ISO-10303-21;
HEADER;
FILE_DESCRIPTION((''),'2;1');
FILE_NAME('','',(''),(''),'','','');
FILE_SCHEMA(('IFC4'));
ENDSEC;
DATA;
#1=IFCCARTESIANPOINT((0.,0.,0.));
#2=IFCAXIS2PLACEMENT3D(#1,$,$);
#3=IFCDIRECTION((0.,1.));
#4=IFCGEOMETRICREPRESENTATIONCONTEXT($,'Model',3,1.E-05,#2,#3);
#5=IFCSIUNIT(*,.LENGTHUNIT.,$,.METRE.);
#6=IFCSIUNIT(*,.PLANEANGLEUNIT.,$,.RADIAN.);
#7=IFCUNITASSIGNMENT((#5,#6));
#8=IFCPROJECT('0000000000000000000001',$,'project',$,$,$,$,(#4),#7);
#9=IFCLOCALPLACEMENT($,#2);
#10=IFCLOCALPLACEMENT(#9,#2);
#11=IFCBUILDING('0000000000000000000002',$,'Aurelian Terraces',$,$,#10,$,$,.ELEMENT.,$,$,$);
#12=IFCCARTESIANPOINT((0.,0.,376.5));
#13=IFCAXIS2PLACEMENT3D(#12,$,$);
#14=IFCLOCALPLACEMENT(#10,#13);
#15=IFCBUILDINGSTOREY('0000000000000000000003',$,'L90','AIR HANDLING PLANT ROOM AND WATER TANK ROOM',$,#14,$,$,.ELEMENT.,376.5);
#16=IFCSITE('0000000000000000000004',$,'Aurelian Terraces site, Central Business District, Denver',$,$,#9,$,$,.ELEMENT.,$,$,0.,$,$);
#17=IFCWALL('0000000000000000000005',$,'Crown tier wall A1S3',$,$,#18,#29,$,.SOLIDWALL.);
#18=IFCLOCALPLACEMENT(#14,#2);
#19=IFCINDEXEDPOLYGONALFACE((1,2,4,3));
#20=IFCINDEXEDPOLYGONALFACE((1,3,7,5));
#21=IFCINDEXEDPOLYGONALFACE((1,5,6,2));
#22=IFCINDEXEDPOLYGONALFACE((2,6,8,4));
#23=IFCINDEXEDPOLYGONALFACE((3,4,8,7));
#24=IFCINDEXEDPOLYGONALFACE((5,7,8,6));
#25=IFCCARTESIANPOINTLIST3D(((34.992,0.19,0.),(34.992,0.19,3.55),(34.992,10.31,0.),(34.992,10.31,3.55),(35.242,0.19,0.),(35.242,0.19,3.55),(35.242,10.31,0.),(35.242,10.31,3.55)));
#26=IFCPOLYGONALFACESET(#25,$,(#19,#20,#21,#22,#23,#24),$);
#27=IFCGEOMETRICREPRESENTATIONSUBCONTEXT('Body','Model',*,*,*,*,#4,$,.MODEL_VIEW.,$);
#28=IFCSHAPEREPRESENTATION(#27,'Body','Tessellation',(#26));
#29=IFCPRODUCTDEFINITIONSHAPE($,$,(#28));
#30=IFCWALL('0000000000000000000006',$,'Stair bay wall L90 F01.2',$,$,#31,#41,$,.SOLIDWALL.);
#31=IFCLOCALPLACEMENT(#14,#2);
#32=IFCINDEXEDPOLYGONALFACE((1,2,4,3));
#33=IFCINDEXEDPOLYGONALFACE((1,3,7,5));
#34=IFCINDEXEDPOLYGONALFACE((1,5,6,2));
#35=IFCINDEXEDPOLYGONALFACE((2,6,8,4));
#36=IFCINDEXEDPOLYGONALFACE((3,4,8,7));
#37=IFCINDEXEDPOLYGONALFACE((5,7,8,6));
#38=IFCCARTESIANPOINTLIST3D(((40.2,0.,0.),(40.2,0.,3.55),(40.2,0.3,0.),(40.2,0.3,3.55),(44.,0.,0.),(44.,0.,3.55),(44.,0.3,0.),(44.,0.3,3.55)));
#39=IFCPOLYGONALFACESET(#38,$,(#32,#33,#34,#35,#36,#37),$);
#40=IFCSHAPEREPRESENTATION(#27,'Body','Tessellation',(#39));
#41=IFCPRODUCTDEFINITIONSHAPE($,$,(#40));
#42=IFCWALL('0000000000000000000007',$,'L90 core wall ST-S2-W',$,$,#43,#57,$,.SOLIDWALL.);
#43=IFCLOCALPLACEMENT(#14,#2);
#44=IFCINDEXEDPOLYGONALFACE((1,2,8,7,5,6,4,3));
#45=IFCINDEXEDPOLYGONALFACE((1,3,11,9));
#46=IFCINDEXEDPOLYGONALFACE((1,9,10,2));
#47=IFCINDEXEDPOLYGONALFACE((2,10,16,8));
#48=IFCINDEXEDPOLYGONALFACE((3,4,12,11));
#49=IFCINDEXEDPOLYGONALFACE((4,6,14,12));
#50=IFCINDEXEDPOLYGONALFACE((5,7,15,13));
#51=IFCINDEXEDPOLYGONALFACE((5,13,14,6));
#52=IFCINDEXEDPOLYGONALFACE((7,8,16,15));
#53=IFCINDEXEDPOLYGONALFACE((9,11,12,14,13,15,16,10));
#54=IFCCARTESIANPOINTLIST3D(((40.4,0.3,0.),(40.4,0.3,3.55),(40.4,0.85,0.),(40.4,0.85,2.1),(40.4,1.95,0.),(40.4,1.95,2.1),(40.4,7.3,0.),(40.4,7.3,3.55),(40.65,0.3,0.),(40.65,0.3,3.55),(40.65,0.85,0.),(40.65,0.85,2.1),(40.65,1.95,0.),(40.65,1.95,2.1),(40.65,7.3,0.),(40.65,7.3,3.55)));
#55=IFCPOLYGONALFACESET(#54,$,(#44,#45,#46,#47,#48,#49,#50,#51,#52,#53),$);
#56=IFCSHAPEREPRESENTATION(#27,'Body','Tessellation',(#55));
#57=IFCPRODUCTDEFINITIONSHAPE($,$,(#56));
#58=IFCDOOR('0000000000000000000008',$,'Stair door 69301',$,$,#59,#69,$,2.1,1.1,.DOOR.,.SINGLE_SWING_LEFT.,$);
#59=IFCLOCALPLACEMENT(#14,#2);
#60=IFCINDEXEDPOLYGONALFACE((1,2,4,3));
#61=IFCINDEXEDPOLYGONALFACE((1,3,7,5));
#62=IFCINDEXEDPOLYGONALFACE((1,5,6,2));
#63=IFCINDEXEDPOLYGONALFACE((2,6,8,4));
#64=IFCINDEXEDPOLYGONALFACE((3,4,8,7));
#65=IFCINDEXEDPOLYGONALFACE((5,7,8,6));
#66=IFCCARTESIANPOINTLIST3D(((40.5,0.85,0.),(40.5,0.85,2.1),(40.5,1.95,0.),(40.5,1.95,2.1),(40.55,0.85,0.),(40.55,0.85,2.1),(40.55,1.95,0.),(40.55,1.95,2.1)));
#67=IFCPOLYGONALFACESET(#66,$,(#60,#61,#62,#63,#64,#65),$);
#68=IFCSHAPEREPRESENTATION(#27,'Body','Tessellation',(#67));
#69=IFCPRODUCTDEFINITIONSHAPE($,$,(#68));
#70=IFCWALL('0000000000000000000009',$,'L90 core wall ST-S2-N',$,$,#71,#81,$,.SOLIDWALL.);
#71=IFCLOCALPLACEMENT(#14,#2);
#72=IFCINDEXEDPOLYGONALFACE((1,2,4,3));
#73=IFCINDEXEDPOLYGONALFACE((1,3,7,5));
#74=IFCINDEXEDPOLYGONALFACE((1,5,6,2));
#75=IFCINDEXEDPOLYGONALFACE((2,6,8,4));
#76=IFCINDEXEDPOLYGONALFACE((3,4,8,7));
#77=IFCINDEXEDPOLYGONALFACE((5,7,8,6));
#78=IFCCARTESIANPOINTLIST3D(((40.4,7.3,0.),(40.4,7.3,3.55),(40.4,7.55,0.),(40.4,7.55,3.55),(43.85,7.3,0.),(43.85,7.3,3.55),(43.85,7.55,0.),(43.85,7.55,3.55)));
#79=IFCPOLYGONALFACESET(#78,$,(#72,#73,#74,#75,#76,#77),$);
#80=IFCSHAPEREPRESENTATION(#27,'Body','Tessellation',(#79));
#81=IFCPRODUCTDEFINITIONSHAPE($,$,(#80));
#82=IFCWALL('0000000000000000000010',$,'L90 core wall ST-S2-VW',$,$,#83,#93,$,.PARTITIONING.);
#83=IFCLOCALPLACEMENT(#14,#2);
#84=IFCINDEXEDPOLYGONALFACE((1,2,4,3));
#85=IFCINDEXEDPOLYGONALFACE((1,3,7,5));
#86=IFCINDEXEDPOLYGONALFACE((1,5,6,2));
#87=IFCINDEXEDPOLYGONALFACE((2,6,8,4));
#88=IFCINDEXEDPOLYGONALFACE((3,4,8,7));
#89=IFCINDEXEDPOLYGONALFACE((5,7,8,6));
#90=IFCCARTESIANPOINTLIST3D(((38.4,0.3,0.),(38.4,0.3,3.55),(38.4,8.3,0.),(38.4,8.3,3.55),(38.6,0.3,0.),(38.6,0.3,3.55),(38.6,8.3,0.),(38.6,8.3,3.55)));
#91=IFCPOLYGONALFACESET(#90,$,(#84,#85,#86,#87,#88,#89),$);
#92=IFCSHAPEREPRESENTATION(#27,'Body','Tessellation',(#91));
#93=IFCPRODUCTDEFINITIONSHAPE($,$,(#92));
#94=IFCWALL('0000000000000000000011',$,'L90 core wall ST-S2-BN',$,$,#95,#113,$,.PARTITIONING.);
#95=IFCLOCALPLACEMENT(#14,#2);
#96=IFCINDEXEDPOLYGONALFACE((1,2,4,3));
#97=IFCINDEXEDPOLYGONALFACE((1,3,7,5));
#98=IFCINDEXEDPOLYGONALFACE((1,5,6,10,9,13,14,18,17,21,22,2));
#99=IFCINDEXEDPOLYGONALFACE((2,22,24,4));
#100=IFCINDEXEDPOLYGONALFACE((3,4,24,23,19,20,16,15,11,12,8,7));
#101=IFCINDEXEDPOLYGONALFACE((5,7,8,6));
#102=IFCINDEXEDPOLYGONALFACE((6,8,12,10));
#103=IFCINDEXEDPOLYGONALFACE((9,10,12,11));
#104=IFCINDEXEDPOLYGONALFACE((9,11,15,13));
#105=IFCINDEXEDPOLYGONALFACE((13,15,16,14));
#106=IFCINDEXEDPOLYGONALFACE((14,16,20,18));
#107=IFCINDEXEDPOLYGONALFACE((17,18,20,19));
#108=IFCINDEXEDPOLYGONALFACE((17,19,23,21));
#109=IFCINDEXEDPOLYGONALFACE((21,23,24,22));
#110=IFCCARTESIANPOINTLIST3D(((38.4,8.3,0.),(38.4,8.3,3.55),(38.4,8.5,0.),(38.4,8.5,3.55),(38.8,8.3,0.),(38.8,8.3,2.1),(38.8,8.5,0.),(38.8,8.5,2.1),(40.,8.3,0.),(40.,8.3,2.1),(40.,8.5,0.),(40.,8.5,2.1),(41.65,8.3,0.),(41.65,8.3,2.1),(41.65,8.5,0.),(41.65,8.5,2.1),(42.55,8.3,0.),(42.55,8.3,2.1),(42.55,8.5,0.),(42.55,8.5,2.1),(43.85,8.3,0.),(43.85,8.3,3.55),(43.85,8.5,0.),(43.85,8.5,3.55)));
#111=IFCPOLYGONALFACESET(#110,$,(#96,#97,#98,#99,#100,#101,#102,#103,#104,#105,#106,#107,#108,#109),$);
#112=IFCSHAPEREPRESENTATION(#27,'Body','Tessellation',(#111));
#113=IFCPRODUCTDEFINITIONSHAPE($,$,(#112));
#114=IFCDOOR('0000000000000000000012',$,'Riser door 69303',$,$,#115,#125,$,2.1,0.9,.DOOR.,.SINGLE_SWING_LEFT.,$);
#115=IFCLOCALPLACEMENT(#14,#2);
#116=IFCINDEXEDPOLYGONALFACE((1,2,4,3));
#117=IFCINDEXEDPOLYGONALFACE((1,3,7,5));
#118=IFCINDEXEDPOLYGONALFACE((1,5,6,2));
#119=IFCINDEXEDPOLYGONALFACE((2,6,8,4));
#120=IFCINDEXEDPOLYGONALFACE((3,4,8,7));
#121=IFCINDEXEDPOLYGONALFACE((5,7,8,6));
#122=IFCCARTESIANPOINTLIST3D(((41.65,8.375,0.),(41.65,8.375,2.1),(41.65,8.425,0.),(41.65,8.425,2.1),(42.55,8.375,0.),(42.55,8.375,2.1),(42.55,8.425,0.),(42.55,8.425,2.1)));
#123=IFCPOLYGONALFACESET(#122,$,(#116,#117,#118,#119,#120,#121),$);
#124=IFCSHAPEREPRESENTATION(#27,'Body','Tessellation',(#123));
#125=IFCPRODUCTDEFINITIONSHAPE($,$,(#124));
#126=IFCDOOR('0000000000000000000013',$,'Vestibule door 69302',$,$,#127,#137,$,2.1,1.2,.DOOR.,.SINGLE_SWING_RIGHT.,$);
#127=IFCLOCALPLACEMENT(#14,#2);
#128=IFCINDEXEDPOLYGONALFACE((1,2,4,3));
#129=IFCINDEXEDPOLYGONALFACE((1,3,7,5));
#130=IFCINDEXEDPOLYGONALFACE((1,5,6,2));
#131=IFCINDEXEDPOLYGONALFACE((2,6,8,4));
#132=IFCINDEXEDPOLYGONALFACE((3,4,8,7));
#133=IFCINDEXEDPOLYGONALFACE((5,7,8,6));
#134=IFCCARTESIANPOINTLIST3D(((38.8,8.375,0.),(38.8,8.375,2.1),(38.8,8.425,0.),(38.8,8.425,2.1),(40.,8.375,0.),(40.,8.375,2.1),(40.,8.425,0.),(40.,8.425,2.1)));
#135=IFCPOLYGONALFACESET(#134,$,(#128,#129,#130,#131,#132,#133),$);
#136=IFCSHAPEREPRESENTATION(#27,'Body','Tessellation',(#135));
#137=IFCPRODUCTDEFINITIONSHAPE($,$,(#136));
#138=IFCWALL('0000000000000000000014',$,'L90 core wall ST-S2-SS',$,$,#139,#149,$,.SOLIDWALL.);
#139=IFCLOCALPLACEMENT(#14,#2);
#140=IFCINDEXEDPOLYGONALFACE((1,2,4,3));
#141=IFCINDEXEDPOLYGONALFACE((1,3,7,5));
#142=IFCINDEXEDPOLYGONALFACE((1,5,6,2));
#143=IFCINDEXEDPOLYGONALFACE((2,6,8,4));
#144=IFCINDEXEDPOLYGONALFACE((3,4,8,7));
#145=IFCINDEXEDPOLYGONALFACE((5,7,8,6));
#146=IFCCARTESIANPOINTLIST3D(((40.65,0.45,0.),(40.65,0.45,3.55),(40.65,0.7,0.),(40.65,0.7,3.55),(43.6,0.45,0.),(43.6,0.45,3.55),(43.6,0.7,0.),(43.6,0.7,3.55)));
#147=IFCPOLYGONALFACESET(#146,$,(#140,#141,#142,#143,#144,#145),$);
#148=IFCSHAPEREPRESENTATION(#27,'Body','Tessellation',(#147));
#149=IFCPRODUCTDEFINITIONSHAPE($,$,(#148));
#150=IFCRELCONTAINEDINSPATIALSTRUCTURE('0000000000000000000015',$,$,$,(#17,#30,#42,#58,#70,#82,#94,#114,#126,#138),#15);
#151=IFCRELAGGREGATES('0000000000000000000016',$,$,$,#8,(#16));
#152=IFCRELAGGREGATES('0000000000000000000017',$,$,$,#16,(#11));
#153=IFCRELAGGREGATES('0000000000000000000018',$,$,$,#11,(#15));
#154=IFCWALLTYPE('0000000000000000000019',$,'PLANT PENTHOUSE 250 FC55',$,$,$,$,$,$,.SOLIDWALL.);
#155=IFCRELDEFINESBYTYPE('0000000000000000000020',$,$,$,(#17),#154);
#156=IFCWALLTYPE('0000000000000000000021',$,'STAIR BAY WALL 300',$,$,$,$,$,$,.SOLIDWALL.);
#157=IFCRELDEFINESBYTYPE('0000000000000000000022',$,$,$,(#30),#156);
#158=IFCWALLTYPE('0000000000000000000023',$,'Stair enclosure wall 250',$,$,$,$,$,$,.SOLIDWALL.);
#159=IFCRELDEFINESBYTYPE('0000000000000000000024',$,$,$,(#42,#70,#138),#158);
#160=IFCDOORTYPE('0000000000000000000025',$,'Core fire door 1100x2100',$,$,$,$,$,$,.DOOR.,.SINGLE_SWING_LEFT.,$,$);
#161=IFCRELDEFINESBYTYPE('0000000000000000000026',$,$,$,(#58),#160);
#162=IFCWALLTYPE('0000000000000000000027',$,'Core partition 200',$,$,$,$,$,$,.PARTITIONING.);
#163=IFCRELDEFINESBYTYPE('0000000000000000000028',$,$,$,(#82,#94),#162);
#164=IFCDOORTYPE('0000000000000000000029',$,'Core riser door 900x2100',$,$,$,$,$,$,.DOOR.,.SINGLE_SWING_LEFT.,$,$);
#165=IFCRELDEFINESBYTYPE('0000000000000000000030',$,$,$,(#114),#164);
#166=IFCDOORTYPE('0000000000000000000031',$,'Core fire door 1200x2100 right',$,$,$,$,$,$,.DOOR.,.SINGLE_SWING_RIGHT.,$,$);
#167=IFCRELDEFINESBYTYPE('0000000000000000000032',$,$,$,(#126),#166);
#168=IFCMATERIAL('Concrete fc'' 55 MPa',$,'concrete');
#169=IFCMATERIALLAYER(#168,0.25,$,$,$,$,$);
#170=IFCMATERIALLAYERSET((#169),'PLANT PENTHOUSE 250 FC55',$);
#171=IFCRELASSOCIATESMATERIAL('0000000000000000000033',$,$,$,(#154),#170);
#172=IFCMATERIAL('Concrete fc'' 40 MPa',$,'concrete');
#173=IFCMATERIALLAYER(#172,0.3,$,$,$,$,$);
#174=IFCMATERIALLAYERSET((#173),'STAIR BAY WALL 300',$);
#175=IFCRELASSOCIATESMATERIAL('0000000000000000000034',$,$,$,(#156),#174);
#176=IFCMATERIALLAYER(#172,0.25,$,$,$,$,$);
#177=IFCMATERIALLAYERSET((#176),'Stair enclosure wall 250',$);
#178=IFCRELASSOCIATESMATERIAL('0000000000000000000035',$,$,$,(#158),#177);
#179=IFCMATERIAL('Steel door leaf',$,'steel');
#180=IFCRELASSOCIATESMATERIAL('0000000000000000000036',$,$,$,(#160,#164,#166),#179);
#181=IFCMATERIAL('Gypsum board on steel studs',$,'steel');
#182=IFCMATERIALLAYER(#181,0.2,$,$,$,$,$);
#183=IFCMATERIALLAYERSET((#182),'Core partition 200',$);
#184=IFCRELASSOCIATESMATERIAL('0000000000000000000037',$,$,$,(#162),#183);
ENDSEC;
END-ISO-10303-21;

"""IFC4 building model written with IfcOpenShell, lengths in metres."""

from ifc_helpers import new_model, si_unit, direction, frame, frame_2d, origin, place, context, subcontext, project, spatial, rectangle, extrude, source, transform, mapped, material, layer, layer_set, type_object, element, fill, save


model = new_model("IFC4")

# Units and contexts
model_context = context("Model", 3, precision=1e-05, world=origin(), true_north=direction((0.0, 1.0)))
body_context = subcontext(model_context, "Body", "Model", "MODEL_VIEW")
ifc_project = project(units=[si_unit("LENGTHUNIT", "METRE"), si_unit("PLANEANGLEUNIT", "RADIAN")], contexts=[model_context])

# Site, building, storey
site_placement = place(None, origin())
site = spatial("IfcSite", under=ifc_project, at=site_placement, Name="Aurelian Terraces site, Central Business District, Denver", CompositionType="ELEMENT", RefElevation=0.0)
building_placement = place(site_placement, origin())
building = spatial("IfcBuilding", under=site, at=building_placement, Name="Aurelian Terraces", CompositionType="ELEMENT")
storey_placement = place(building_placement, frame((0.0, 0.0, 376.5)))
storey = spatial("IfcBuildingStorey", under=building, at=storey_placement, Name="L90", Description="AIR HANDLING PLANT ROOM AND WATER TANK ROOM", CompositionType="ELEMENT", Elevation=376.5)

# Shared definitions
ifc_material_1 = material(Name="Concrete fc' 55 MPa", Category="concrete")

# Walls
ifc_layer_1 = layer(ifc_material_1, 0.25)
ifc_layer_set_1 = layer_set([ifc_layer_1], Name="PLANT PENTHOUSE 250 FC55")
wall_type_1 = type_object("IfcWallType", Name="PLANT PENTHOUSE 250 FC55", PredefinedType="SOLIDWALL", material=ifc_layer_set_1)
shared_shape_1 = source(origin(), body_context, "Body", "SweptSolid", [
    extrude(rectangle(XDim=10.12, YDim=0.25, at=frame_2d((5.06, 0.0))), origin(), (0.0, 0.0, 1.0), 3.55),
])
wall_1_placement = place(storey_placement, frame((35.117, 10.31, 0.0), z_axis=(0.0, 0.0, 1.0), x_axis=(0.0, -1.0, 0.0)))
element("IfcWall", 1, at=wall_1_placement, inside=storey, type_object=wall_type_1, Name="Crown tier wall A1S3", PredefinedType="SOLIDWALL", context=body_context, shape_type="MappedRepresentation", body=[
    mapped(shared_shape_1, transform((0.0, 0.0, 0.0), scale=1.0)),
])
ifc_material_2 = material(Name="Concrete fc' 40 MPa", Category="concrete")
ifc_layer_2 = layer(ifc_material_2, 0.3)
ifc_layer_set_2 = layer_set([ifc_layer_2], Name="STAIR BAY WALL 300")
wall_type_2 = type_object("IfcWallType", Name="STAIR BAY WALL 300", PredefinedType="SOLIDWALL", material=ifc_layer_set_2)
shared_shape_2 = source(origin(), body_context, "Body", "SweptSolid", [
    extrude(rectangle(XDim=3.8, YDim=0.3, at=frame_2d((1.9, 0.0))), origin(), (0.0, 0.0, 1.0), 3.55),
])
wall_2_placement = place(storey_placement, frame((40.2, 0.15, 0.0), z_axis=(0.0, 0.0, 1.0), x_axis=(1.0, 0.0, 0.0)))
element("IfcWall", 2, at=wall_2_placement, inside=storey, type_object=wall_type_2, Name="Stair bay wall L90 F01.2", PredefinedType="SOLIDWALL", context=body_context, shape_type="MappedRepresentation", body=[
    mapped(shared_shape_2, transform((0.0, 0.0, 0.0), scale=1.0)),
])

# Wall, opening, door
ifc_layer_3 = layer(ifc_material_2, 0.25)
ifc_layer_set_3 = layer_set([ifc_layer_3], Name="Stair enclosure wall 250")
wall_type_3 = type_object("IfcWallType", Name="Stair enclosure wall 250", PredefinedType="SOLIDWALL", material=ifc_layer_set_3)
shared_shape_3 = source(origin(), body_context, "Body", "SweptSolid", [
    extrude(rectangle(XDim=7.0, YDim=0.25, at=frame_2d((3.5, 0.0))), origin(), (0.0, 0.0, 1.0), 3.55),
])
wall_3_placement = place(storey_placement, frame((40.525, 0.3, 0.0), z_axis=(0.0, 0.0, 1.0), x_axis=(0.0, 1.0, 0.0)))
wall_3 = element("IfcWall", 3, at=wall_3_placement, inside=storey, type_object=wall_type_3, Name="L90 core wall ST-S2-W", PredefinedType="SOLIDWALL", context=body_context, shape_type="MappedRepresentation", body=[
    mapped(shared_shape_3, transform((0.0, 0.0, 0.0), scale=1.0)),
])
shared_shape_4 = source(origin(), body_context, "Body", "SweptSolid", [
    extrude(rectangle(XDim=1.1, YDim=2.1, at=frame_2d((0.55, 1.05))), frame((0.0, 0.135, 0.0), z_axis=(0.0, -1.0, 0.0), x_axis=(1.0, 0.0, 0.0)), (0.0, 0.0, 1.0), 0.27),
])
opening_1_placement = place(wall_3_placement, frame((0.55, 0.0, 0.0)))
opening_1 = element("IfcOpeningElement", 4, at=opening_1_placement, cuts=wall_3, PredefinedType="OPENING", context=body_context, shape_type="MappedRepresentation", body=[
    mapped(shared_shape_4, transform((0.0, 0.0, 0.0), scale=1.0)),
])
ifc_material_3 = material(Name="Steel door leaf", Category="steel")
door_type_1 = type_object("IfcDoorType", Name="Core fire door 1100x2100", OperationType="SINGLE_SWING_LEFT", PredefinedType="DOOR", material=ifc_material_3)
shared_shape_5 = source(origin(), body_context, "Body", "SweptSolid", [
    extrude(rectangle(XDim=1.1, YDim=2.1, at=frame_2d((0.55, 1.05))), frame((0.0, 0.025, 0.0), z_axis=(0.0, -1.0, 0.0), x_axis=(1.0, 0.0, 0.0)), (0.0, 0.0, 1.0), 0.05),
])
door_1_placement = place(opening_1_placement, origin())
door_1 = element("IfcDoor", 5, at=door_1_placement, inside=storey, type_object=door_type_1, Name="Stair door 69301", OperationType="SINGLE_SWING_LEFT", OverallHeight=2.1, OverallWidth=1.1, PredefinedType="DOOR", context=body_context, shape_type="MappedRepresentation", body=[
    mapped(shared_shape_5, transform((0.0, 0.0, 0.0), scale=1.0)),
])
fill(opening_1, door_1)

# Walls
shared_shape_6 = source(origin(), body_context, "Body", "SweptSolid", [
    extrude(rectangle(XDim=3.45, YDim=0.25, at=frame_2d((1.725, 0.0))), origin(), (0.0, 0.0, 1.0), 3.55),
])
wall_4_placement = place(storey_placement, frame((40.4, 7.425, 0.0), z_axis=(0.0, 0.0, 1.0), x_axis=(1.0, 0.0, 0.0)))
element("IfcWall", 6, at=wall_4_placement, inside=storey, type_object=wall_type_3, Name="L90 core wall ST-S2-N", PredefinedType="SOLIDWALL", context=body_context, shape_type="MappedRepresentation", body=[
    mapped(shared_shape_6, transform((0.0, 0.0, 0.0), scale=1.0)),
])
ifc_material_4 = material(Name="Gypsum board on steel studs", Category="steel")
ifc_layer_4 = layer(ifc_material_4, 0.2)
ifc_layer_set_4 = layer_set([ifc_layer_4], Name="Core partition 200")
wall_type_4 = type_object("IfcWallType", Name="Core partition 200", PredefinedType="PARTITIONING", material=ifc_layer_set_4)
shared_shape_7 = source(origin(), body_context, "Body", "SweptSolid", [
    extrude(rectangle(XDim=8.0, YDim=0.2, at=frame_2d((4.0, 0.0))), origin(), (0.0, 0.0, 1.0), 3.55),
])
wall_5_placement = place(storey_placement, frame((38.5, 0.3, 0.0), z_axis=(0.0, 0.0, 1.0), x_axis=(0.0, 1.0, 0.0)))
element("IfcWall", 7, at=wall_5_placement, inside=storey, type_object=wall_type_4, Name="L90 core wall ST-S2-VW", PredefinedType="PARTITIONING", context=body_context, shape_type="MappedRepresentation", body=[
    mapped(shared_shape_7, transform((0.0, 0.0, 0.0), scale=1.0)),
])

# Wall, openings, doors
shared_shape_8 = source(origin(), body_context, "Body", "SweptSolid", [
    extrude(rectangle(XDim=5.45, YDim=0.2, at=frame_2d((2.725, 0.0))), origin(), (0.0, 0.0, 1.0), 3.55),
])
wall_6_placement = place(storey_placement, frame((38.4, 8.4, 0.0), z_axis=(0.0, 0.0, 1.0), x_axis=(1.0, 0.0, 0.0)))
wall_6 = element("IfcWall", 8, at=wall_6_placement, inside=storey, type_object=wall_type_4, Name="L90 core wall ST-S2-BN", PredefinedType="PARTITIONING", context=body_context, shape_type="MappedRepresentation", body=[
    mapped(shared_shape_8, transform((0.0, 0.0, 0.0), scale=1.0)),
])
shared_shape_9 = source(origin(), body_context, "Body", "SweptSolid", [
    extrude(rectangle(XDim=1.2, YDim=2.1, at=frame_2d((0.6, 1.05))), frame((0.0, 0.11, 0.0), z_axis=(0.0, -1.0, 0.0), x_axis=(1.0, 0.0, 0.0)), (0.0, 0.0, 1.0), 0.22),
])
opening_2_placement = place(wall_6_placement, frame((0.4, 0.0, 0.0)))
opening_2 = element("IfcOpeningElement", 9, at=opening_2_placement, cuts=wall_6, PredefinedType="OPENING", context=body_context, shape_type="MappedRepresentation", body=[
    mapped(shared_shape_9, transform((0.0, 0.0, 0.0), scale=1.0)),
])
shared_shape_10 = source(origin(), body_context, "Body", "SweptSolid", [
    extrude(rectangle(XDim=0.9, YDim=2.1, at=frame_2d((0.45, 1.05))), frame((0.0, 0.11, 0.0), z_axis=(0.0, -1.0, 0.0), x_axis=(1.0, 0.0, 0.0)), (0.0, 0.0, 1.0), 0.22),
])
opening_3_placement = place(wall_6_placement, frame((3.25, 0.0, 0.0)))
opening_3 = element("IfcOpeningElement", 10, at=opening_3_placement, cuts=wall_6, PredefinedType="OPENING", context=body_context, shape_type="MappedRepresentation", body=[
    mapped(shared_shape_10, transform((0.0, 0.0, 0.0), scale=1.0)),
])
door_type_2 = type_object("IfcDoorType", Name="Core riser door 900x2100", OperationType="SINGLE_SWING_LEFT", PredefinedType="DOOR", material=ifc_material_3)
shared_shape_11 = source(origin(), body_context, "Body", "SweptSolid", [
    extrude(rectangle(XDim=0.9, YDim=2.1, at=frame_2d((0.45, 1.05))), frame((0.0, 0.025, 0.0), z_axis=(0.0, -1.0, 0.0), x_axis=(1.0, 0.0, 0.0)), (0.0, 0.0, 1.0), 0.05),
])
door_2_placement = place(opening_3_placement, origin())
door_2 = element("IfcDoor", 11, at=door_2_placement, inside=storey, type_object=door_type_2, Name="Riser door 69303", OperationType="SINGLE_SWING_LEFT", OverallHeight=2.1, OverallWidth=0.9, PredefinedType="DOOR", context=body_context, shape_type="MappedRepresentation", body=[
    mapped(shared_shape_11, transform((0.0, 0.0, 0.0), scale=1.0)),
])
fill(opening_3, door_2)
door_type_3 = type_object("IfcDoorType", Name="Core fire door 1200x2100 right", OperationType="SINGLE_SWING_RIGHT", PredefinedType="DOOR", material=ifc_material_3)
shared_shape_12 = source(origin(), body_context, "Body", "SweptSolid", [
    extrude(rectangle(XDim=1.2, YDim=2.1, at=frame_2d((0.6, 1.05))), frame((0.0, 0.025, 0.0), z_axis=(0.0, -1.0, 0.0), x_axis=(1.0, 0.0, 0.0)), (0.0, 0.0, 1.0), 0.05),
])
door_3_placement = place(opening_2_placement, origin())
door_3 = element("IfcDoor", 12, at=door_3_placement, inside=storey, type_object=door_type_3, Name="Vestibule door 69302", OperationType="SINGLE_SWING_RIGHT", OverallHeight=2.1, OverallWidth=1.2, PredefinedType="DOOR", context=body_context, shape_type="MappedRepresentation", body=[
    mapped(shared_shape_12, transform((0.0, 0.0, 0.0), scale=1.0)),
])
fill(opening_2, door_3)

# Wall
shared_shape_13 = source(origin(), body_context, "Body", "SweptSolid", [
    extrude(rectangle(XDim=2.95, YDim=0.25, at=frame_2d((1.475, 0.0))), origin(), (0.0, 0.0, 1.0), 3.55),
])
wall_7_placement = place(storey_placement, frame((40.65, 0.575, 0.0), z_axis=(0.0, 0.0, 1.0), x_axis=(1.0, 0.0, 0.0)))
element("IfcWall", 13, at=wall_7_placement, inside=storey, type_object=wall_type_3, Name="L90 core wall ST-S2-SS", PredefinedType="SOLIDWALL", context=body_context, shape_type="MappedRepresentation", body=[
    mapped(shared_shape_13, transform((0.0, 0.0, 0.0), scale=1.0)),
])

save(model, "model.ifc")
